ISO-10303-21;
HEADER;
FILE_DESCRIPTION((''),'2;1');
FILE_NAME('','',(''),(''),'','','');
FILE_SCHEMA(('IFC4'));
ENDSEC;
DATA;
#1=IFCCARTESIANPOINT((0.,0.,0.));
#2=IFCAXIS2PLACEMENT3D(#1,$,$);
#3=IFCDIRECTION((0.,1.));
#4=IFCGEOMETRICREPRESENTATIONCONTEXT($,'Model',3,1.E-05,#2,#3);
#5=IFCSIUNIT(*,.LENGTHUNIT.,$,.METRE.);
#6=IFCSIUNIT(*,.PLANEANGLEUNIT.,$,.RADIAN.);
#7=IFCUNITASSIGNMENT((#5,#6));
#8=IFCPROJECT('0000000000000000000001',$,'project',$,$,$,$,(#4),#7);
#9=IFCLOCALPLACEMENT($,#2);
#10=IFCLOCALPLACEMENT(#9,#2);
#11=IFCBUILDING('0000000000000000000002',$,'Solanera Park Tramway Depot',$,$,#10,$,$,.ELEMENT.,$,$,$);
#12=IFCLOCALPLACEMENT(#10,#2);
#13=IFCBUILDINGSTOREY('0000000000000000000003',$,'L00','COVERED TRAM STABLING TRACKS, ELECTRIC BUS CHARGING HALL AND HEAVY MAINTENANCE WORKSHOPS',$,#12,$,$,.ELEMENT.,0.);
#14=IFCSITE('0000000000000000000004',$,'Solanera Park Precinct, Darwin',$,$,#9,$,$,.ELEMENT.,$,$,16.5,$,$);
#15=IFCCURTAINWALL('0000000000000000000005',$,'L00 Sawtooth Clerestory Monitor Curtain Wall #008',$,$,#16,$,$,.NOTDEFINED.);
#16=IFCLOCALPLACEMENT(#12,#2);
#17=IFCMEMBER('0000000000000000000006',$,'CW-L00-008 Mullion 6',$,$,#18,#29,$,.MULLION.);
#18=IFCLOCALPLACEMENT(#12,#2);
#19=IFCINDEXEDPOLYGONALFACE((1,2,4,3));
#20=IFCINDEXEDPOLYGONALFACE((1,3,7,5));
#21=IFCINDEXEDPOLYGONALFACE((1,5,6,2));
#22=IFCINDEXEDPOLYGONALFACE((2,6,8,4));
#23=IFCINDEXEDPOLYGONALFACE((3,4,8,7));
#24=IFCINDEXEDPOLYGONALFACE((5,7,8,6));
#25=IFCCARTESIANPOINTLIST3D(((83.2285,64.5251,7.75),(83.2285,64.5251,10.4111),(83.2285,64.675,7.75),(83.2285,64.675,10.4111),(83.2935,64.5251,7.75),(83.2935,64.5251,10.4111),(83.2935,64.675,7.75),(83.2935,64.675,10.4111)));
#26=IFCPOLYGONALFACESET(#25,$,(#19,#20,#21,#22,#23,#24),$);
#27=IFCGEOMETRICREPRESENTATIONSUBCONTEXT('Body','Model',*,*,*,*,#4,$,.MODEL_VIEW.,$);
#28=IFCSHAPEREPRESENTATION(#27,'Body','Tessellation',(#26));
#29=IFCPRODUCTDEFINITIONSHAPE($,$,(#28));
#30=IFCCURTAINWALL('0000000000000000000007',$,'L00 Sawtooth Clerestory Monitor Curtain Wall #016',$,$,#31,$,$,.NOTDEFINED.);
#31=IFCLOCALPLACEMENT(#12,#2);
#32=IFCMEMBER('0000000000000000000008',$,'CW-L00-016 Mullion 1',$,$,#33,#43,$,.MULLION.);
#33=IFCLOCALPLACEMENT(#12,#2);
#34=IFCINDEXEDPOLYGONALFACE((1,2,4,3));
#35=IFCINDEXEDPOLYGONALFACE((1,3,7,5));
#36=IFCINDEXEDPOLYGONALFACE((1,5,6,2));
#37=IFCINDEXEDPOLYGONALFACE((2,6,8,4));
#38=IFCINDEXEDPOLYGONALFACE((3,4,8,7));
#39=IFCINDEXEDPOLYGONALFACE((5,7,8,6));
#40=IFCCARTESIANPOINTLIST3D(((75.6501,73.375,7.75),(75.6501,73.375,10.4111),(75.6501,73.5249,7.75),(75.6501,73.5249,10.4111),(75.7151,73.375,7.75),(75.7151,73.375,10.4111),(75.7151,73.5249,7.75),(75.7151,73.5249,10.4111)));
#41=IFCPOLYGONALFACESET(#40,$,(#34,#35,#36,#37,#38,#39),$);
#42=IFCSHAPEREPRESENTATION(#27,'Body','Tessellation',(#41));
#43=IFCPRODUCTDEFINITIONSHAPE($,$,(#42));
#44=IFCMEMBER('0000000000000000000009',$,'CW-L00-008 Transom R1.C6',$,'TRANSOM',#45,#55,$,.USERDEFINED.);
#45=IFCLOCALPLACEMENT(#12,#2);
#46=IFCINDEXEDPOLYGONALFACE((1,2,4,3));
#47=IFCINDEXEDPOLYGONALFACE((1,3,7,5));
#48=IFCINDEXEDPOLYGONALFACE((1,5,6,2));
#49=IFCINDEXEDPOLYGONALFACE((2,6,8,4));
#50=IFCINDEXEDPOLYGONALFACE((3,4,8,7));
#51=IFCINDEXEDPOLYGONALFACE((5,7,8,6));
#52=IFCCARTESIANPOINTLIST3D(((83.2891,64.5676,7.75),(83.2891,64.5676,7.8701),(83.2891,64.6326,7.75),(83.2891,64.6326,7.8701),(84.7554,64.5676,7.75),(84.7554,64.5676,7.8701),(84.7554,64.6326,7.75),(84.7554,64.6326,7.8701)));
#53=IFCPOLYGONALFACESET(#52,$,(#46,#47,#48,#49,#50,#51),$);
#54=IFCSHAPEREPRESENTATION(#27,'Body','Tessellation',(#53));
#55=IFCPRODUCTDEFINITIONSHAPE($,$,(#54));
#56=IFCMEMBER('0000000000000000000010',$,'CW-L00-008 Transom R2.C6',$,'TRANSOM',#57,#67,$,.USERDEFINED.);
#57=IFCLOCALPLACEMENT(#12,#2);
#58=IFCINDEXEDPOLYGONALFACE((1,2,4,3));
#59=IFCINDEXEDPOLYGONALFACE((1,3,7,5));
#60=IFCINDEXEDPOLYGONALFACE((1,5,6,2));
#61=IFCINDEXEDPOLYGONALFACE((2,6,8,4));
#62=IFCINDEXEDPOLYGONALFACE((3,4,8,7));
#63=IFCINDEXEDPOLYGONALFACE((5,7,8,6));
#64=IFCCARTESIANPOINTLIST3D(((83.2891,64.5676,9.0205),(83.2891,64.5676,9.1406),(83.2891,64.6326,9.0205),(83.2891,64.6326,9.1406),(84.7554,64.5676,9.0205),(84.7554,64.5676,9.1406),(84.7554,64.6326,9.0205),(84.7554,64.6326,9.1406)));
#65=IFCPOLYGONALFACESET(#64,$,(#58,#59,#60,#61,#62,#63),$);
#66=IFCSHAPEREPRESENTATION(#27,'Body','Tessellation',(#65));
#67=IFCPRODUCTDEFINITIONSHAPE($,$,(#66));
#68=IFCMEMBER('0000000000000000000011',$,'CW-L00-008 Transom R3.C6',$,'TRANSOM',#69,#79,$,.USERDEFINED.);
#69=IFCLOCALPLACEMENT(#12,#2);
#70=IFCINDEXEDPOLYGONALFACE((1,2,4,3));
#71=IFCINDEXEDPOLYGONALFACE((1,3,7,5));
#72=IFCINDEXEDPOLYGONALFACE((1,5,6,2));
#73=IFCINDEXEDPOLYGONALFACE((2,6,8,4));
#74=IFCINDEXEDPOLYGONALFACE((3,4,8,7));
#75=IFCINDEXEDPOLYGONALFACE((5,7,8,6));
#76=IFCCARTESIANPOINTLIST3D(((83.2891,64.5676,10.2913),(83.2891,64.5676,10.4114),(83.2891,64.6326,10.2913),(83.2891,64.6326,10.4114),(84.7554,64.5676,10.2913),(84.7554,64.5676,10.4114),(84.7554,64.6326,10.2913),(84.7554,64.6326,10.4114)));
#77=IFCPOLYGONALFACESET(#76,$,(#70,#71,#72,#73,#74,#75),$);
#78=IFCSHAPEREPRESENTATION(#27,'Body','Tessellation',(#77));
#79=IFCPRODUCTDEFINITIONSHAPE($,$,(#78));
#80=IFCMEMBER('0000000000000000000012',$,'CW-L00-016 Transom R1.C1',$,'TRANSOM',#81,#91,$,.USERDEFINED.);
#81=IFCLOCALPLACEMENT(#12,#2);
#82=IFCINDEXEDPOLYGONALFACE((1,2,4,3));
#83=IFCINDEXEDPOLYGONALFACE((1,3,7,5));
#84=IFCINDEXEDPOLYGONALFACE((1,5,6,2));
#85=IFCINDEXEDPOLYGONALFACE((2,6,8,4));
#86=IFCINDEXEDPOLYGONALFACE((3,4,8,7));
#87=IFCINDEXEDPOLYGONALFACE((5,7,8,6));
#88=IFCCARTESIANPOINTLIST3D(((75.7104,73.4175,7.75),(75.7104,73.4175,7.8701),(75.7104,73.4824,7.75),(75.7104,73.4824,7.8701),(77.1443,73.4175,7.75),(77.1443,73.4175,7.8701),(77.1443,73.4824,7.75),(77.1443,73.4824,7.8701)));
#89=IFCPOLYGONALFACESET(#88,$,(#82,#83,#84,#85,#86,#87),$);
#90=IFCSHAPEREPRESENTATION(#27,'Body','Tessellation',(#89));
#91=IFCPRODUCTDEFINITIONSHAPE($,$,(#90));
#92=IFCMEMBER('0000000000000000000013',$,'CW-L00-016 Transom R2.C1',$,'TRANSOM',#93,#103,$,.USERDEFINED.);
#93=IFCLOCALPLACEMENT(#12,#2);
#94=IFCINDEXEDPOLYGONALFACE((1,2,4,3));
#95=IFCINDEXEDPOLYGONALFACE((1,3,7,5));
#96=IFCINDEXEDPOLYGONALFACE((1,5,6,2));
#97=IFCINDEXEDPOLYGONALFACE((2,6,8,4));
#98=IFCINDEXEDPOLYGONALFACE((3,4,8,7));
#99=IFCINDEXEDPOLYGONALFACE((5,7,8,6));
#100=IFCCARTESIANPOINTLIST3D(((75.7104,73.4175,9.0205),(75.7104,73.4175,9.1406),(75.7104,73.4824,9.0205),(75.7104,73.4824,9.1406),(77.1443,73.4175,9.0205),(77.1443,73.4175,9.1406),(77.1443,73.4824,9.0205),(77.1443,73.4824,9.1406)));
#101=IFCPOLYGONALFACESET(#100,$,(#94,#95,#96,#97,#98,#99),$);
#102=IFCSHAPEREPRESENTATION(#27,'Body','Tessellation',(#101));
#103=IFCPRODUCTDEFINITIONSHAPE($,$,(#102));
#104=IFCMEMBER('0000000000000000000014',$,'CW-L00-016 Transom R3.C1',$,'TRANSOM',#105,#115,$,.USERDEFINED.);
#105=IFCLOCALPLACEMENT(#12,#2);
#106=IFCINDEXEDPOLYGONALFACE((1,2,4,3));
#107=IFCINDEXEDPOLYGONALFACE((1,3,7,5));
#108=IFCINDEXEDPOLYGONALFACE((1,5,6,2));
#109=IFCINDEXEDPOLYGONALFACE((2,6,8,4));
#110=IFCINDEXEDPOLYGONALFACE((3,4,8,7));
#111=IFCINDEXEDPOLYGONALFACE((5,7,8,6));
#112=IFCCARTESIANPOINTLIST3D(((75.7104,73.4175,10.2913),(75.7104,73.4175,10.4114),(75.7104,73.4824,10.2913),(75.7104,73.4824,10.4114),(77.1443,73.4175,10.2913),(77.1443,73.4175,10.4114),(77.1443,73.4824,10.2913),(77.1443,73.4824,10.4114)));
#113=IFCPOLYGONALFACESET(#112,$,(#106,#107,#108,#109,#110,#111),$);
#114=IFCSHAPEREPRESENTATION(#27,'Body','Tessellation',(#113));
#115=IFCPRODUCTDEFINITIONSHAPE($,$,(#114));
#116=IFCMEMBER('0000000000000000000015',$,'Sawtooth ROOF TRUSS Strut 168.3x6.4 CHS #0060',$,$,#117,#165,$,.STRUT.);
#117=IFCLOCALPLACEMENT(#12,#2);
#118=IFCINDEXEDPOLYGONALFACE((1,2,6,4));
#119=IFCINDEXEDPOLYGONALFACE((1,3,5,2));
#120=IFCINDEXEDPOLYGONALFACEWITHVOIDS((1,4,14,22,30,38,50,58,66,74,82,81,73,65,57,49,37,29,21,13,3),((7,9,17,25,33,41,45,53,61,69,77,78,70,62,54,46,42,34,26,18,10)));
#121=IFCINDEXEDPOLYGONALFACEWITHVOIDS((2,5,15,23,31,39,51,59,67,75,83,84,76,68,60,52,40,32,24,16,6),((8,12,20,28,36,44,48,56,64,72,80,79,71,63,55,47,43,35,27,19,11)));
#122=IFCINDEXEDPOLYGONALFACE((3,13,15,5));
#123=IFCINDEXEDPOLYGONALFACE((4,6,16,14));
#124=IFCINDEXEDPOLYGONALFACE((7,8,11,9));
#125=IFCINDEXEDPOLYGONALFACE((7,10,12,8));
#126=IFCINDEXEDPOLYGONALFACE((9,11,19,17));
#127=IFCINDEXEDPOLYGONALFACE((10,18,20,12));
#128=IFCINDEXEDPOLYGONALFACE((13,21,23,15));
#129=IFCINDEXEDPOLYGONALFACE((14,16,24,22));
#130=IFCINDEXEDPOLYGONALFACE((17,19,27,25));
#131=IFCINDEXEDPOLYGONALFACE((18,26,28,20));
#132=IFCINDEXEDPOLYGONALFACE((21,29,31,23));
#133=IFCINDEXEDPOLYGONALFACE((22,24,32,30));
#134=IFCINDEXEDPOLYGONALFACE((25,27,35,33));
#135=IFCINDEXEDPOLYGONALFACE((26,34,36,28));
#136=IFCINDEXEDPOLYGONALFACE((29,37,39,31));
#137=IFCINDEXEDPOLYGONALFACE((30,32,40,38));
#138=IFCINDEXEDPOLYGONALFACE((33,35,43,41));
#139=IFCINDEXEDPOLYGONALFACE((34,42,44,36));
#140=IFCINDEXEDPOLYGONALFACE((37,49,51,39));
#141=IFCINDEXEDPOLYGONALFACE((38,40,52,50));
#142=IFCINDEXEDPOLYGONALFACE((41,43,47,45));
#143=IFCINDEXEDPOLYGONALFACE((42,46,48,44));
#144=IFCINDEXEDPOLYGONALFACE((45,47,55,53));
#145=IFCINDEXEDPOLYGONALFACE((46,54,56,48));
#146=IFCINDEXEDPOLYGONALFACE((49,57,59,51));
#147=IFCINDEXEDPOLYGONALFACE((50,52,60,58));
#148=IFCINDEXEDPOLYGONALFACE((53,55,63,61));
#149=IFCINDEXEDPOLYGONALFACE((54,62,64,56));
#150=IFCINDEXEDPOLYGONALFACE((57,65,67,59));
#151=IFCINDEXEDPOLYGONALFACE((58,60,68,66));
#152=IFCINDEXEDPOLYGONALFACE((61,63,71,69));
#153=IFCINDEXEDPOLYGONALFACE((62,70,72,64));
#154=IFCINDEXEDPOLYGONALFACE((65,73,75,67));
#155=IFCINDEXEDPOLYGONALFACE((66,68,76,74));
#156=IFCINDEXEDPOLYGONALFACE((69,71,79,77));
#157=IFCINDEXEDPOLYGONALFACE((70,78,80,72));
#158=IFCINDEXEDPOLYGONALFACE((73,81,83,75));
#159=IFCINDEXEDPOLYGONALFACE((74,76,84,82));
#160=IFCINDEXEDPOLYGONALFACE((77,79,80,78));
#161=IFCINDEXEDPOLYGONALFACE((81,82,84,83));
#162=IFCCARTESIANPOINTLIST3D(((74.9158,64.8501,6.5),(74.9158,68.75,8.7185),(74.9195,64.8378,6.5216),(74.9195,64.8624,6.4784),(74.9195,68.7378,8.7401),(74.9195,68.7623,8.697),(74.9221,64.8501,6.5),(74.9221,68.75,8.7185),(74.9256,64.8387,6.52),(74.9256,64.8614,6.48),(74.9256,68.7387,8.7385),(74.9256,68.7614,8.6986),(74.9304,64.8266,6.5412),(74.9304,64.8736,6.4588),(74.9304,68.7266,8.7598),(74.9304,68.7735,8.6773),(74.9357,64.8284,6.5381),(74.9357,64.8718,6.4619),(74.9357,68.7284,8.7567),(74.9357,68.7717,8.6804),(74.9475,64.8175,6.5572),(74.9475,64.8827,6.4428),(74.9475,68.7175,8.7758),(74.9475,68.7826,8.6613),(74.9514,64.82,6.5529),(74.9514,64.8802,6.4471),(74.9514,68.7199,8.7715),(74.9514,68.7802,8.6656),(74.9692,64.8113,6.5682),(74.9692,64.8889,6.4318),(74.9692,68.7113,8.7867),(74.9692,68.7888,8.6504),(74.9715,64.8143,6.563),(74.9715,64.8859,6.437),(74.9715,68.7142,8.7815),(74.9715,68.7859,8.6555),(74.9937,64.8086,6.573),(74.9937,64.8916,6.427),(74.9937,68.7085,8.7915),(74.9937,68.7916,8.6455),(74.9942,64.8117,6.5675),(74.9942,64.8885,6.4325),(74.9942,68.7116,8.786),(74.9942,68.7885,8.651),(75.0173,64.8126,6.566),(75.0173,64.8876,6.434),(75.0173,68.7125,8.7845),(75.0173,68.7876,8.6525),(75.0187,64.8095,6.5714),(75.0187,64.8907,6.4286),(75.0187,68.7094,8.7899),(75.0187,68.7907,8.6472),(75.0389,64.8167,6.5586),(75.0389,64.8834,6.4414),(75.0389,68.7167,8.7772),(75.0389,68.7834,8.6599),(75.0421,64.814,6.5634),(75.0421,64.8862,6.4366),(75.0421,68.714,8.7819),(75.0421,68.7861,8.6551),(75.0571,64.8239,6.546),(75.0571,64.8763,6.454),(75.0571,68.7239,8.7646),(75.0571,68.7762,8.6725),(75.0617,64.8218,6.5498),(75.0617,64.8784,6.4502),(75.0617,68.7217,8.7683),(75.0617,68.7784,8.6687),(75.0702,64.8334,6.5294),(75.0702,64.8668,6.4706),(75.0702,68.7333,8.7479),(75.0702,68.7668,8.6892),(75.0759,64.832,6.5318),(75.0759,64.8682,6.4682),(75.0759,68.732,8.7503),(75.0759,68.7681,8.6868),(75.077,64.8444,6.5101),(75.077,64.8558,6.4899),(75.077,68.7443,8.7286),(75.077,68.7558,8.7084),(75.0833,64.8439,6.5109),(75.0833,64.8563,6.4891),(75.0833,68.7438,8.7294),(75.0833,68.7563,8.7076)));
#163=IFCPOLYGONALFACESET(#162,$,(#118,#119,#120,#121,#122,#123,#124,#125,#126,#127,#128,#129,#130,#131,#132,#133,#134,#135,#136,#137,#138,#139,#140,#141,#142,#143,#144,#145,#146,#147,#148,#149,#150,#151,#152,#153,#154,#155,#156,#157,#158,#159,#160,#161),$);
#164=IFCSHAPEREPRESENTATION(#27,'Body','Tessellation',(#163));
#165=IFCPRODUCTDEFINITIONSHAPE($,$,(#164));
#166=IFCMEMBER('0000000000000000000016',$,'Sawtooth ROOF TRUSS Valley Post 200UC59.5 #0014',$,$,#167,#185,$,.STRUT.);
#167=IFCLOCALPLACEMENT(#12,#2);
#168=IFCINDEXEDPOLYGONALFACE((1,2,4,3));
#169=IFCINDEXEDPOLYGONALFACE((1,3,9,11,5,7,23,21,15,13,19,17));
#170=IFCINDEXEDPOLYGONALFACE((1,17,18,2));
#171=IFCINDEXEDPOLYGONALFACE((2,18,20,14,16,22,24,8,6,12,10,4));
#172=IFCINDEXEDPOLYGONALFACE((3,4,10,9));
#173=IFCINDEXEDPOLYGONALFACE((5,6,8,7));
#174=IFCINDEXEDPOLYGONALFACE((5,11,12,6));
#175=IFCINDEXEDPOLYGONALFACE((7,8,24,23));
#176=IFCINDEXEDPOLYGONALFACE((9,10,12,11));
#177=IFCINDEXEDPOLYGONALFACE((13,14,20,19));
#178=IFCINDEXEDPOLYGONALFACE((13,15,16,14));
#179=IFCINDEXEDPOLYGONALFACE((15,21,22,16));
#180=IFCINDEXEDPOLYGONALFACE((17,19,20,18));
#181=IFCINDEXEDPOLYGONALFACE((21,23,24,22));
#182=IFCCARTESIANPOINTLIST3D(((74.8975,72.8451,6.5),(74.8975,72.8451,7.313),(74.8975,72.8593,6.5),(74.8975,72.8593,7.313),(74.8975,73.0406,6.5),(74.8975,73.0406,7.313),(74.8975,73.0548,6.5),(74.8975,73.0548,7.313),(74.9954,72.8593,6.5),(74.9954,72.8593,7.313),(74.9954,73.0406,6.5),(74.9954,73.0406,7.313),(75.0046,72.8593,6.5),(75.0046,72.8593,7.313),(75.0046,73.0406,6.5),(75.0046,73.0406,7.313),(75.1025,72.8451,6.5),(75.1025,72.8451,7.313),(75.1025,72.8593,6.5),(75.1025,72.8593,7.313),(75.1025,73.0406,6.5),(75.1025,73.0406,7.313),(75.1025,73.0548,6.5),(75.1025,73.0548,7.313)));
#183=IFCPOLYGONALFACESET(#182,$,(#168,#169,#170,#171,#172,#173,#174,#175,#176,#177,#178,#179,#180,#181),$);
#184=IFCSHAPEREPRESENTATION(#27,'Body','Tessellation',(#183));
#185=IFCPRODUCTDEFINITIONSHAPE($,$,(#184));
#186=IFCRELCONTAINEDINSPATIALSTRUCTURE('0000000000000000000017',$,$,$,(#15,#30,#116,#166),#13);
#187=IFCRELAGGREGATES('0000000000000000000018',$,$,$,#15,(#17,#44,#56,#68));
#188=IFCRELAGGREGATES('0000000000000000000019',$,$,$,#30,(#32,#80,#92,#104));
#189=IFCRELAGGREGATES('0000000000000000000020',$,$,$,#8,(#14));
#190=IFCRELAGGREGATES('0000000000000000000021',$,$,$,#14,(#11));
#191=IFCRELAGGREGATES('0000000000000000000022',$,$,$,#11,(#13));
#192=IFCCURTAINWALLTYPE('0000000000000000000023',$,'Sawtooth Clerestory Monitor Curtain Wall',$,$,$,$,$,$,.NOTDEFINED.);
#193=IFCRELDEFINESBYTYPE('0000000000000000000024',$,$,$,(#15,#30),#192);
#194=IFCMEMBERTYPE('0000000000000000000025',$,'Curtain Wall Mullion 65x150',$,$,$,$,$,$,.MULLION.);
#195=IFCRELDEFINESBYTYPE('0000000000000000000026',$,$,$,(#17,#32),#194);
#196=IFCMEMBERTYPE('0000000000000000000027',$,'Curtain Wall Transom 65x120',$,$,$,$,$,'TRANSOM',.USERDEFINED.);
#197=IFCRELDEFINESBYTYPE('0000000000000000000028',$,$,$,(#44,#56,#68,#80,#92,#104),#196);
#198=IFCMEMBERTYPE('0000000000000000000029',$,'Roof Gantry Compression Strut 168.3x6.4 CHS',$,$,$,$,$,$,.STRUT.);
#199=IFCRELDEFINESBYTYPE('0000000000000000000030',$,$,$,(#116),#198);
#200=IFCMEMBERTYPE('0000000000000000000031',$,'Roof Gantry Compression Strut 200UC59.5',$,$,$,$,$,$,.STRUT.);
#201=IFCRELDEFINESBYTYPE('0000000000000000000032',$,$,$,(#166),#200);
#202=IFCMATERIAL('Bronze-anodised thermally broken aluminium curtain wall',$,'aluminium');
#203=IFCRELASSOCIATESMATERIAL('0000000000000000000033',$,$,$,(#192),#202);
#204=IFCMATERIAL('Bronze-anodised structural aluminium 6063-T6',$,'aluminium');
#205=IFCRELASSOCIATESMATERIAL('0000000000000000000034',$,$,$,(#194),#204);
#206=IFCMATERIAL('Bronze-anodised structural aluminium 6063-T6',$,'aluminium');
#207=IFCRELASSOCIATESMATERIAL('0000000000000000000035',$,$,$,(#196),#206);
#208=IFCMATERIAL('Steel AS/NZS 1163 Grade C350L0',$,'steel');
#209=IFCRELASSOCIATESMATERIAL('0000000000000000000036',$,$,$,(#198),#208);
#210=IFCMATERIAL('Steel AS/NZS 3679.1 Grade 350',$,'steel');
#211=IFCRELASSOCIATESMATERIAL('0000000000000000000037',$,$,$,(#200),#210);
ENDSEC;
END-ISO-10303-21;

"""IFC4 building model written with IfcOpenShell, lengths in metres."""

from ifc_helpers import new_model, si_unit, direction, frame, origin, origin_2d, place, context, subcontext, project, spatial, rectangle, hollow_circle, i_section, extrude, material, material_profile, profile_set, type_object, element, aggregate, save


model = new_model("IFC4")

# Units and contexts
model_context = context("Model", 3, precision=1e-05, world=origin(), true_north=direction((0.0, 1.0)))
body_context = subcontext(model_context, "Body", "Model", "MODEL_VIEW")
ifc_project = project(units=[si_unit("LENGTHUNIT", "METRE"), si_unit("PLANEANGLEUNIT", "RADIAN")], contexts=[model_context])

# Site, building, storey
site_placement = place(None, origin())
site = spatial("IfcSite", under=ifc_project, at=site_placement, Name="Solanera Park Precinct, Darwin", CompositionType="ELEMENT", RefElevation=16.5)
building_placement = place(site_placement, origin())
building = spatial("IfcBuilding", under=site, at=building_placement, Name="Solanera Park Tramway Depot", CompositionType="ELEMENT")
storey_placement = place(building_placement, origin())
storey = spatial("IfcBuildingStorey", under=building, at=storey_placement, Name="L00", Description="COVERED TRAM STABLING TRACKS, ELECTRIC BUS CHARGING HALL AND HEAVY MAINTENANCE WORKSHOPS", CompositionType="ELEMENT", Elevation=0.0)

# Curtain walls, members
ifc_material_1 = material(Name="Bronze-anodised thermally broken aluminium curtain wall", Category="aluminium")
curtain_wall_type = type_object("IfcCurtainWallType", Name="Sawtooth Clerestory Monitor Curtain Wall", PredefinedType="NOTDEFINED", material=ifc_material_1)
curtain_wall_1_placement = place(storey_placement, origin())
curtain_wall_1 = element("IfcCurtainWall", 1, at=curtain_wall_1_placement, inside=storey, type_object=curtain_wall_type, Name="L00 Sawtooth Clerestory Monitor Curtain Wall #008", PredefinedType="NOTDEFINED")
ifc_material_2 = material(Name="Bronze-anodised structural aluminium 6063-T6", Category="aluminium")
ifc_material_profile_1 = material_profile(ifc_material_2, rectangle(XDim=0.0649, YDim=0.1499, at=origin_2d()), Name="Curtain Wall Mullion 65x150")
ifc_profile_set_1 = profile_set([ifc_material_profile_1], Name="Bronze-anodised structural aluminium 6063-T6")
member_type_1 = type_object("IfcMemberType", Name="Curtain Wall Mullion 65x150", PredefinedType="MULLION", material=ifc_profile_set_1)
member_1_placement = place(storey_placement, frame((83.261, 64.6001, 7.75), z_axis=(0.0, 0.0, 1.0), x_axis=(1.0, 0.0, 0.0)))
member_1 = element("IfcMember", 2, at=member_1_placement, type_object=member_type_1, Name="CW-L00-008 Mullion 6", PredefinedType="MULLION", context=body_context, shape_type="SweptSolid", body=[
    extrude(rectangle(XDim=0.0649, YDim=0.1499, at=origin_2d()), origin(), (0.0, 0.0, 1.0), 2.6611),
])
curtain_wall_2_placement = place(storey_placement, origin())
curtain_wall_2 = element("IfcCurtainWall", 3, at=curtain_wall_2_placement, inside=storey, type_object=curtain_wall_type, Name="L00 Sawtooth Clerestory Monitor Curtain Wall #016", PredefinedType="NOTDEFINED")
member_2_placement = place(storey_placement, frame((75.6826, 73.45, 7.75), z_axis=(0.0, 0.0, 1.0), x_axis=(1.0, 0.0, 0.0)))
member_2 = element("IfcMember", 4, at=member_2_placement, type_object=member_type_1, Name="CW-L00-016 Mullion 1", PredefinedType="MULLION", context=body_context, shape_type="SweptSolid", body=[
    extrude(rectangle(XDim=0.0649, YDim=0.1499, at=origin_2d()), origin(), (0.0, 0.0, 1.0), 2.6611),
])

# Members
ifc_material_3 = material(Name="Bronze-anodised structural aluminium 6063-T6", Category="aluminium")
ifc_material_profile_2 = material_profile(ifc_material_3, rectangle(XDim=0.0649, YDim=0.1201, at=origin_2d()), Name="Curtain Wall Transom 65x120")
ifc_profile_set_2 = profile_set([ifc_material_profile_2], Name="Bronze-anodised structural aluminium 6063-T6")
member_type_2 = type_object("IfcMemberType", Name="Curtain Wall Transom 65x120", ElementType="TRANSOM", PredefinedType="USERDEFINED", material=ifc_profile_set_2)
member_3_placement = place(storey_placement, frame((83.2891, 64.6001, 7.8101), z_axis=(1.0, 0.0, 0.0), x_axis=(0.0, 1.0, 0.0)))
member_3 = element("IfcMember", 5, at=member_3_placement, type_object=member_type_2, Name="CW-L00-008 Transom R1.C6", ObjectType="TRANSOM", PredefinedType="USERDEFINED", context=body_context, shape_type="SweptSolid", body=[
    extrude(rectangle(XDim=0.0649, YDim=0.1201, at=origin_2d()), origin(), (0.0, 0.0, 1.0), 1.4663),
])
member_4_placement = place(storey_placement, frame((83.2891, 64.6001, 9.0806), z_axis=(1.0, 0.0, 0.0), x_axis=(0.0, 1.0, 0.0)))
member_4 = element("IfcMember", 6, at=member_4_placement, type_object=member_type_2, Name="CW-L00-008 Transom R2.C6", ObjectType="TRANSOM", PredefinedType="USERDEFINED", context=body_context, shape_type="SweptSolid", body=[
    extrude(rectangle(XDim=0.0649, YDim=0.1201, at=origin_2d()), origin(), (0.0, 0.0, 1.0), 1.4663),
])
member_5_placement = place(storey_placement, frame((83.2891, 64.6001, 10.3513), z_axis=(1.0, 0.0, 0.0), x_axis=(0.0, 1.0, 0.0)))
member_5 = element("IfcMember", 7, at=member_5_placement, type_object=member_type_2, Name="CW-L00-008 Transom R3.C6", ObjectType="TRANSOM", PredefinedType="USERDEFINED", context=body_context, shape_type="SweptSolid", body=[
    extrude(rectangle(XDim=0.0649, YDim=0.1201, at=origin_2d()), origin(), (0.0, 0.0, 1.0), 1.4663),
])
aggregate(curtain_wall_1, [member_1, member_3, member_4, member_5])
member_6_placement = place(storey_placement, frame((75.7104, 73.45, 7.8101), z_axis=(1.0, 0.0, 0.0), x_axis=(0.0, 1.0, 0.0)))
member_6 = element("IfcMember", 8, at=member_6_placement, type_object=member_type_2, Name="CW-L00-016 Transom R1.C1", ObjectType="TRANSOM", PredefinedType="USERDEFINED", context=body_context, shape_type="SweptSolid", body=[
    extrude(rectangle(XDim=0.0649, YDim=0.1201, at=origin_2d()), origin(), (0.0, 0.0, 1.0), 1.4338),
])
member_7_placement = place(storey_placement, frame((75.7104, 73.45, 9.0806), z_axis=(1.0, 0.0, 0.0), x_axis=(0.0, 1.0, 0.0)))
member_7 = element("IfcMember", 9, at=member_7_placement, type_object=member_type_2, Name="CW-L00-016 Transom R2.C1", ObjectType="TRANSOM", PredefinedType="USERDEFINED", context=body_context, shape_type="SweptSolid", body=[
    extrude(rectangle(XDim=0.0649, YDim=0.1201, at=origin_2d()), origin(), (0.0, 0.0, 1.0), 1.4338),
])
member_8_placement = place(storey_placement, frame((75.7104, 73.45, 10.3513), z_axis=(1.0, 0.0, 0.0), x_axis=(0.0, 1.0, 0.0)))
member_8 = element("IfcMember", 10, at=member_8_placement, type_object=member_type_2, Name="CW-L00-016 Transom R3.C1", ObjectType="TRANSOM", PredefinedType="USERDEFINED", context=body_context, shape_type="SweptSolid", body=[
    extrude(rectangle(XDim=0.0649, YDim=0.1201, at=origin_2d()), origin(), (0.0, 0.0, 1.0), 1.4338),
])

# Members
ifc_material_4 = material(Name="Steel AS/NZS 1163 Grade C350L0", Category="steel")
ifc_material_profile_3 = material_profile(ifc_material_4, hollow_circle(Radius=0.0842, WallThickness=0.0063, at=origin_2d()), Name="168.3x6.4 CHS")
ifc_profile_set_3 = profile_set([ifc_material_profile_3], Name="Steel AS/NZS 1163 Grade C350L0")
member_type_3 = type_object("IfcMemberType", Name="Roof Gantry Compression Strut 168.3x6.4 CHS", PredefinedType="STRUT", material=ifc_profile_set_3)
member_9_placement = place(storey_placement, frame((75.0, 64.8501, 6.5), z_axis=(0.0, 0.869203, 0.494456), x_axis=(-1.0, 0.0, 0.0)))
element("IfcMember", 11, at=member_9_placement, inside=storey, type_object=member_type_3, Name="Sawtooth ROOF TRUSS Strut 168.3x6.4 CHS #0060", PredefinedType="STRUT", context=body_context, shape_type="SweptSolid", body=[
    extrude(hollow_circle(Radius=0.0842, WallThickness=0.0063, at=origin_2d()), origin(), (0.0, 0.0, 1.0), 4.4868),
])
ifc_material_5 = material(Name="Steel AS/NZS 3679.1 Grade 350", Category="steel")
ifc_material_profile_4 = material_profile(ifc_material_5, i_section(OverallWidth=0.2051, OverallDepth=0.2097, WebThickness=0.0093, FlangeThickness=0.0142, at=origin_2d()), Name="200UC59.5")
ifc_profile_set_4 = profile_set([ifc_material_profile_4], Name="Steel AS/NZS 3679.1 Grade 350")
member_type_4 = type_object("IfcMemberType", Name="Roof Gantry Compression Strut 200UC59.5", PredefinedType="STRUT", material=ifc_profile_set_4)
member_10_placement = place(storey_placement, frame((75.0, 72.95, 6.5), z_axis=(0.0, 0.0, 1.0), x_axis=(1.0, 0.0, 0.0)))
element("IfcMember", 12, at=member_10_placement, inside=storey, type_object=member_type_4, Name="Sawtooth ROOF TRUSS Valley Post 200UC59.5 #0014", PredefinedType="STRUT", context=body_context, shape_type="SweptSolid", body=[
    extrude(i_section(OverallWidth=0.2051, OverallDepth=0.2097, WebThickness=0.0093, FlangeThickness=0.0142, at=origin_2d()), origin(), (0.0, 0.0, 1.0), 0.813),
])

aggregate(curtain_wall_2, [member_2, member_6, member_7, member_8])

save(model, "model.ifc")
